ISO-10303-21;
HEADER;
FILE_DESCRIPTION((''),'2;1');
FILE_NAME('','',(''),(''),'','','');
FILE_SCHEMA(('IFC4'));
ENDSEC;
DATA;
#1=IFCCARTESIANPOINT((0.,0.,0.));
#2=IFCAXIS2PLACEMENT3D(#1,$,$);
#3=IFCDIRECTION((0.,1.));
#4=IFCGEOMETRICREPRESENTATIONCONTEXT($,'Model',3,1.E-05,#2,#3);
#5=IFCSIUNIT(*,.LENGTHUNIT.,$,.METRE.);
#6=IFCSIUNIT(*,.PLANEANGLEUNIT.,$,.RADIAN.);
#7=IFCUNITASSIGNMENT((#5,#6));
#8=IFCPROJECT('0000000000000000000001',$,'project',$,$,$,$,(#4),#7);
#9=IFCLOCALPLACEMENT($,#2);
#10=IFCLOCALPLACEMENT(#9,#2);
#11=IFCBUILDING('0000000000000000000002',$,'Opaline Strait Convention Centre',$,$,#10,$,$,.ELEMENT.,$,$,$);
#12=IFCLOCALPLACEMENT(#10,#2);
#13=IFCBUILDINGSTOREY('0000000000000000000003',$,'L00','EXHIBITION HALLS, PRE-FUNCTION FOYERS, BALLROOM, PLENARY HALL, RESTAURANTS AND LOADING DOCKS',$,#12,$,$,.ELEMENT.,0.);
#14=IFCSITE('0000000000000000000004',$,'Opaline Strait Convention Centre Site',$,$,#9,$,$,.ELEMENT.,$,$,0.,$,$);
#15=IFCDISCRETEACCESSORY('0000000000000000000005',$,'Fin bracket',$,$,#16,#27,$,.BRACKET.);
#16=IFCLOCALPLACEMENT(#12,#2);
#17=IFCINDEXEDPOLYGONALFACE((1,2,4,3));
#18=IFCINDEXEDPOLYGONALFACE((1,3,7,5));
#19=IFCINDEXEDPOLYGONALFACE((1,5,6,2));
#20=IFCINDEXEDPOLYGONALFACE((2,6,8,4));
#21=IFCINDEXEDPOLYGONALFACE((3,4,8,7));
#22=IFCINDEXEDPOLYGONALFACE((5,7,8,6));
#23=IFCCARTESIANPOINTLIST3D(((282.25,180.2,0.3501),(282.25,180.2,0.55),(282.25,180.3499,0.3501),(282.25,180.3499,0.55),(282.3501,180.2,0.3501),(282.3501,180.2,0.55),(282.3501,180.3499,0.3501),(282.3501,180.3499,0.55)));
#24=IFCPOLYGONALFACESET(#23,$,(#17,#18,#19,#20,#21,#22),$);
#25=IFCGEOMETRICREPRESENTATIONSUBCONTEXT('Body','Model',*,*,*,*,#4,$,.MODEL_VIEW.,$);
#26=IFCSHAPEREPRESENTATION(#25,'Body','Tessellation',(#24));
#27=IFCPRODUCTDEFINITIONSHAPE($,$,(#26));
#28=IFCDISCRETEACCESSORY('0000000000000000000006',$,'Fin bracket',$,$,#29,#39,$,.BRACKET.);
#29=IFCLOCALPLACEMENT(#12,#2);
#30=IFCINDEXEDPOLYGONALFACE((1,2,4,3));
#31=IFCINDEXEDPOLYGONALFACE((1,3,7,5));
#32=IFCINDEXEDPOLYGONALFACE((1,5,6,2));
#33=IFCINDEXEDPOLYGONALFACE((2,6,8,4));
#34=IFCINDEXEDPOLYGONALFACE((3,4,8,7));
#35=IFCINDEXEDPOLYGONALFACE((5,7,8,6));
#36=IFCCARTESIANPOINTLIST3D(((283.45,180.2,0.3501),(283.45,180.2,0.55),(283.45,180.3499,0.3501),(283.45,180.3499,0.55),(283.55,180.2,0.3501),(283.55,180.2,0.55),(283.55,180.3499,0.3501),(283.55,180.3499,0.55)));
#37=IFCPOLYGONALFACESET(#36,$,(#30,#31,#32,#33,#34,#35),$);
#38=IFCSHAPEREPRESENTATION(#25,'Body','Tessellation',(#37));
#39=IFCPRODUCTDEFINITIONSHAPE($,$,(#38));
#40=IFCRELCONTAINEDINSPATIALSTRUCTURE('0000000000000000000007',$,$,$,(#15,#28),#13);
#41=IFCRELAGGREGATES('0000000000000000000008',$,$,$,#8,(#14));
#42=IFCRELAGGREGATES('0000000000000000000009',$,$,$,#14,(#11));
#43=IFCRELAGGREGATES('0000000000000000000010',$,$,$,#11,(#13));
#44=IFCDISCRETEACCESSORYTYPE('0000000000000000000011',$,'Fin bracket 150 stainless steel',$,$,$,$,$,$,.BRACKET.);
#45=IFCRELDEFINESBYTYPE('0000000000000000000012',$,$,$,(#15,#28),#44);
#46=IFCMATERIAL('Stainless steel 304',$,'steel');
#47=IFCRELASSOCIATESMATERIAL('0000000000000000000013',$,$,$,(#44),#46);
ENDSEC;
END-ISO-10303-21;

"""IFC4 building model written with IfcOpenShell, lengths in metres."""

from ifc_helpers import new_model, si_unit, direction, frame, origin, origin_2d, place, context, subcontext, project, spatial, rectangle, extrude, material, type_object, element, save


model = new_model("IFC4")

# Units and contexts
model_context = context("Model", 3, precision=1e-05, world=origin(), true_north=direction((0.0, 1.0)))
body_context = subcontext(model_context, "Body", "Model", "MODEL_VIEW")
ifc_project = project(units=[si_unit("LENGTHUNIT", "METRE"), si_unit("PLANEANGLEUNIT", "RADIAN")], contexts=[model_context])

# Site, building, storey
site_placement = place(None, origin())
site = spatial("IfcSite", under=ifc_project, at=site_placement, Name="Opaline Strait Convention Centre Site", CompositionType="ELEMENT", RefElevation=0.0)
building_placement = place(site_placement, origin())
building = spatial("IfcBuilding", under=site, at=building_placement, Name="Opaline Strait Convention Centre", CompositionType="ELEMENT")
storey_placement = place(building_placement, origin())
storey = spatial("IfcBuildingStorey", under=building, at=storey_placement, Name="L00", Description="EXHIBITION HALLS, PRE-FUNCTION FOYERS, BALLROOM, PLENARY HALL, RESTAURANTS AND LOADING DOCKS", CompositionType="ELEMENT", Elevation=0.0)

# Shared definitions
ifc_material_1 = material(Name="Stainless steel 304", Category="steel")

# Discrete accessories
discrete_accessory_type = type_object("IfcDiscreteAccessoryType", Name="Fin bracket 150 stainless steel", PredefinedType="BRACKET", material=ifc_material_1)
for number, where, z_axis, x_axis, name in (
    (1, (282.3, 180.2749, 0.3501), (0.0, 0.0, 1.0), (1.0, 0.0, 0.0), "Fin bracket"),
    (2, (283.5, 180.2749, 0.3501), (0.0, 0.0, 1.0), (1.0, 0.0, 0.0), "Fin bracket"),
):
    element("IfcDiscreteAccessory", number, at=place(storey_placement, frame(where, z_axis=z_axis, x_axis=x_axis)), inside=storey, type_object=discrete_accessory_type, Name=name, PredefinedType="BRACKET", context=body_context, shape_type="SweptSolid", body=[
        extrude(rectangle(XDim=0.1001, YDim=0.1499, at=origin_2d()), origin(), (0.0, 0.0, 1.0), 0.2),
    ])

save(model, "model.ifc")
